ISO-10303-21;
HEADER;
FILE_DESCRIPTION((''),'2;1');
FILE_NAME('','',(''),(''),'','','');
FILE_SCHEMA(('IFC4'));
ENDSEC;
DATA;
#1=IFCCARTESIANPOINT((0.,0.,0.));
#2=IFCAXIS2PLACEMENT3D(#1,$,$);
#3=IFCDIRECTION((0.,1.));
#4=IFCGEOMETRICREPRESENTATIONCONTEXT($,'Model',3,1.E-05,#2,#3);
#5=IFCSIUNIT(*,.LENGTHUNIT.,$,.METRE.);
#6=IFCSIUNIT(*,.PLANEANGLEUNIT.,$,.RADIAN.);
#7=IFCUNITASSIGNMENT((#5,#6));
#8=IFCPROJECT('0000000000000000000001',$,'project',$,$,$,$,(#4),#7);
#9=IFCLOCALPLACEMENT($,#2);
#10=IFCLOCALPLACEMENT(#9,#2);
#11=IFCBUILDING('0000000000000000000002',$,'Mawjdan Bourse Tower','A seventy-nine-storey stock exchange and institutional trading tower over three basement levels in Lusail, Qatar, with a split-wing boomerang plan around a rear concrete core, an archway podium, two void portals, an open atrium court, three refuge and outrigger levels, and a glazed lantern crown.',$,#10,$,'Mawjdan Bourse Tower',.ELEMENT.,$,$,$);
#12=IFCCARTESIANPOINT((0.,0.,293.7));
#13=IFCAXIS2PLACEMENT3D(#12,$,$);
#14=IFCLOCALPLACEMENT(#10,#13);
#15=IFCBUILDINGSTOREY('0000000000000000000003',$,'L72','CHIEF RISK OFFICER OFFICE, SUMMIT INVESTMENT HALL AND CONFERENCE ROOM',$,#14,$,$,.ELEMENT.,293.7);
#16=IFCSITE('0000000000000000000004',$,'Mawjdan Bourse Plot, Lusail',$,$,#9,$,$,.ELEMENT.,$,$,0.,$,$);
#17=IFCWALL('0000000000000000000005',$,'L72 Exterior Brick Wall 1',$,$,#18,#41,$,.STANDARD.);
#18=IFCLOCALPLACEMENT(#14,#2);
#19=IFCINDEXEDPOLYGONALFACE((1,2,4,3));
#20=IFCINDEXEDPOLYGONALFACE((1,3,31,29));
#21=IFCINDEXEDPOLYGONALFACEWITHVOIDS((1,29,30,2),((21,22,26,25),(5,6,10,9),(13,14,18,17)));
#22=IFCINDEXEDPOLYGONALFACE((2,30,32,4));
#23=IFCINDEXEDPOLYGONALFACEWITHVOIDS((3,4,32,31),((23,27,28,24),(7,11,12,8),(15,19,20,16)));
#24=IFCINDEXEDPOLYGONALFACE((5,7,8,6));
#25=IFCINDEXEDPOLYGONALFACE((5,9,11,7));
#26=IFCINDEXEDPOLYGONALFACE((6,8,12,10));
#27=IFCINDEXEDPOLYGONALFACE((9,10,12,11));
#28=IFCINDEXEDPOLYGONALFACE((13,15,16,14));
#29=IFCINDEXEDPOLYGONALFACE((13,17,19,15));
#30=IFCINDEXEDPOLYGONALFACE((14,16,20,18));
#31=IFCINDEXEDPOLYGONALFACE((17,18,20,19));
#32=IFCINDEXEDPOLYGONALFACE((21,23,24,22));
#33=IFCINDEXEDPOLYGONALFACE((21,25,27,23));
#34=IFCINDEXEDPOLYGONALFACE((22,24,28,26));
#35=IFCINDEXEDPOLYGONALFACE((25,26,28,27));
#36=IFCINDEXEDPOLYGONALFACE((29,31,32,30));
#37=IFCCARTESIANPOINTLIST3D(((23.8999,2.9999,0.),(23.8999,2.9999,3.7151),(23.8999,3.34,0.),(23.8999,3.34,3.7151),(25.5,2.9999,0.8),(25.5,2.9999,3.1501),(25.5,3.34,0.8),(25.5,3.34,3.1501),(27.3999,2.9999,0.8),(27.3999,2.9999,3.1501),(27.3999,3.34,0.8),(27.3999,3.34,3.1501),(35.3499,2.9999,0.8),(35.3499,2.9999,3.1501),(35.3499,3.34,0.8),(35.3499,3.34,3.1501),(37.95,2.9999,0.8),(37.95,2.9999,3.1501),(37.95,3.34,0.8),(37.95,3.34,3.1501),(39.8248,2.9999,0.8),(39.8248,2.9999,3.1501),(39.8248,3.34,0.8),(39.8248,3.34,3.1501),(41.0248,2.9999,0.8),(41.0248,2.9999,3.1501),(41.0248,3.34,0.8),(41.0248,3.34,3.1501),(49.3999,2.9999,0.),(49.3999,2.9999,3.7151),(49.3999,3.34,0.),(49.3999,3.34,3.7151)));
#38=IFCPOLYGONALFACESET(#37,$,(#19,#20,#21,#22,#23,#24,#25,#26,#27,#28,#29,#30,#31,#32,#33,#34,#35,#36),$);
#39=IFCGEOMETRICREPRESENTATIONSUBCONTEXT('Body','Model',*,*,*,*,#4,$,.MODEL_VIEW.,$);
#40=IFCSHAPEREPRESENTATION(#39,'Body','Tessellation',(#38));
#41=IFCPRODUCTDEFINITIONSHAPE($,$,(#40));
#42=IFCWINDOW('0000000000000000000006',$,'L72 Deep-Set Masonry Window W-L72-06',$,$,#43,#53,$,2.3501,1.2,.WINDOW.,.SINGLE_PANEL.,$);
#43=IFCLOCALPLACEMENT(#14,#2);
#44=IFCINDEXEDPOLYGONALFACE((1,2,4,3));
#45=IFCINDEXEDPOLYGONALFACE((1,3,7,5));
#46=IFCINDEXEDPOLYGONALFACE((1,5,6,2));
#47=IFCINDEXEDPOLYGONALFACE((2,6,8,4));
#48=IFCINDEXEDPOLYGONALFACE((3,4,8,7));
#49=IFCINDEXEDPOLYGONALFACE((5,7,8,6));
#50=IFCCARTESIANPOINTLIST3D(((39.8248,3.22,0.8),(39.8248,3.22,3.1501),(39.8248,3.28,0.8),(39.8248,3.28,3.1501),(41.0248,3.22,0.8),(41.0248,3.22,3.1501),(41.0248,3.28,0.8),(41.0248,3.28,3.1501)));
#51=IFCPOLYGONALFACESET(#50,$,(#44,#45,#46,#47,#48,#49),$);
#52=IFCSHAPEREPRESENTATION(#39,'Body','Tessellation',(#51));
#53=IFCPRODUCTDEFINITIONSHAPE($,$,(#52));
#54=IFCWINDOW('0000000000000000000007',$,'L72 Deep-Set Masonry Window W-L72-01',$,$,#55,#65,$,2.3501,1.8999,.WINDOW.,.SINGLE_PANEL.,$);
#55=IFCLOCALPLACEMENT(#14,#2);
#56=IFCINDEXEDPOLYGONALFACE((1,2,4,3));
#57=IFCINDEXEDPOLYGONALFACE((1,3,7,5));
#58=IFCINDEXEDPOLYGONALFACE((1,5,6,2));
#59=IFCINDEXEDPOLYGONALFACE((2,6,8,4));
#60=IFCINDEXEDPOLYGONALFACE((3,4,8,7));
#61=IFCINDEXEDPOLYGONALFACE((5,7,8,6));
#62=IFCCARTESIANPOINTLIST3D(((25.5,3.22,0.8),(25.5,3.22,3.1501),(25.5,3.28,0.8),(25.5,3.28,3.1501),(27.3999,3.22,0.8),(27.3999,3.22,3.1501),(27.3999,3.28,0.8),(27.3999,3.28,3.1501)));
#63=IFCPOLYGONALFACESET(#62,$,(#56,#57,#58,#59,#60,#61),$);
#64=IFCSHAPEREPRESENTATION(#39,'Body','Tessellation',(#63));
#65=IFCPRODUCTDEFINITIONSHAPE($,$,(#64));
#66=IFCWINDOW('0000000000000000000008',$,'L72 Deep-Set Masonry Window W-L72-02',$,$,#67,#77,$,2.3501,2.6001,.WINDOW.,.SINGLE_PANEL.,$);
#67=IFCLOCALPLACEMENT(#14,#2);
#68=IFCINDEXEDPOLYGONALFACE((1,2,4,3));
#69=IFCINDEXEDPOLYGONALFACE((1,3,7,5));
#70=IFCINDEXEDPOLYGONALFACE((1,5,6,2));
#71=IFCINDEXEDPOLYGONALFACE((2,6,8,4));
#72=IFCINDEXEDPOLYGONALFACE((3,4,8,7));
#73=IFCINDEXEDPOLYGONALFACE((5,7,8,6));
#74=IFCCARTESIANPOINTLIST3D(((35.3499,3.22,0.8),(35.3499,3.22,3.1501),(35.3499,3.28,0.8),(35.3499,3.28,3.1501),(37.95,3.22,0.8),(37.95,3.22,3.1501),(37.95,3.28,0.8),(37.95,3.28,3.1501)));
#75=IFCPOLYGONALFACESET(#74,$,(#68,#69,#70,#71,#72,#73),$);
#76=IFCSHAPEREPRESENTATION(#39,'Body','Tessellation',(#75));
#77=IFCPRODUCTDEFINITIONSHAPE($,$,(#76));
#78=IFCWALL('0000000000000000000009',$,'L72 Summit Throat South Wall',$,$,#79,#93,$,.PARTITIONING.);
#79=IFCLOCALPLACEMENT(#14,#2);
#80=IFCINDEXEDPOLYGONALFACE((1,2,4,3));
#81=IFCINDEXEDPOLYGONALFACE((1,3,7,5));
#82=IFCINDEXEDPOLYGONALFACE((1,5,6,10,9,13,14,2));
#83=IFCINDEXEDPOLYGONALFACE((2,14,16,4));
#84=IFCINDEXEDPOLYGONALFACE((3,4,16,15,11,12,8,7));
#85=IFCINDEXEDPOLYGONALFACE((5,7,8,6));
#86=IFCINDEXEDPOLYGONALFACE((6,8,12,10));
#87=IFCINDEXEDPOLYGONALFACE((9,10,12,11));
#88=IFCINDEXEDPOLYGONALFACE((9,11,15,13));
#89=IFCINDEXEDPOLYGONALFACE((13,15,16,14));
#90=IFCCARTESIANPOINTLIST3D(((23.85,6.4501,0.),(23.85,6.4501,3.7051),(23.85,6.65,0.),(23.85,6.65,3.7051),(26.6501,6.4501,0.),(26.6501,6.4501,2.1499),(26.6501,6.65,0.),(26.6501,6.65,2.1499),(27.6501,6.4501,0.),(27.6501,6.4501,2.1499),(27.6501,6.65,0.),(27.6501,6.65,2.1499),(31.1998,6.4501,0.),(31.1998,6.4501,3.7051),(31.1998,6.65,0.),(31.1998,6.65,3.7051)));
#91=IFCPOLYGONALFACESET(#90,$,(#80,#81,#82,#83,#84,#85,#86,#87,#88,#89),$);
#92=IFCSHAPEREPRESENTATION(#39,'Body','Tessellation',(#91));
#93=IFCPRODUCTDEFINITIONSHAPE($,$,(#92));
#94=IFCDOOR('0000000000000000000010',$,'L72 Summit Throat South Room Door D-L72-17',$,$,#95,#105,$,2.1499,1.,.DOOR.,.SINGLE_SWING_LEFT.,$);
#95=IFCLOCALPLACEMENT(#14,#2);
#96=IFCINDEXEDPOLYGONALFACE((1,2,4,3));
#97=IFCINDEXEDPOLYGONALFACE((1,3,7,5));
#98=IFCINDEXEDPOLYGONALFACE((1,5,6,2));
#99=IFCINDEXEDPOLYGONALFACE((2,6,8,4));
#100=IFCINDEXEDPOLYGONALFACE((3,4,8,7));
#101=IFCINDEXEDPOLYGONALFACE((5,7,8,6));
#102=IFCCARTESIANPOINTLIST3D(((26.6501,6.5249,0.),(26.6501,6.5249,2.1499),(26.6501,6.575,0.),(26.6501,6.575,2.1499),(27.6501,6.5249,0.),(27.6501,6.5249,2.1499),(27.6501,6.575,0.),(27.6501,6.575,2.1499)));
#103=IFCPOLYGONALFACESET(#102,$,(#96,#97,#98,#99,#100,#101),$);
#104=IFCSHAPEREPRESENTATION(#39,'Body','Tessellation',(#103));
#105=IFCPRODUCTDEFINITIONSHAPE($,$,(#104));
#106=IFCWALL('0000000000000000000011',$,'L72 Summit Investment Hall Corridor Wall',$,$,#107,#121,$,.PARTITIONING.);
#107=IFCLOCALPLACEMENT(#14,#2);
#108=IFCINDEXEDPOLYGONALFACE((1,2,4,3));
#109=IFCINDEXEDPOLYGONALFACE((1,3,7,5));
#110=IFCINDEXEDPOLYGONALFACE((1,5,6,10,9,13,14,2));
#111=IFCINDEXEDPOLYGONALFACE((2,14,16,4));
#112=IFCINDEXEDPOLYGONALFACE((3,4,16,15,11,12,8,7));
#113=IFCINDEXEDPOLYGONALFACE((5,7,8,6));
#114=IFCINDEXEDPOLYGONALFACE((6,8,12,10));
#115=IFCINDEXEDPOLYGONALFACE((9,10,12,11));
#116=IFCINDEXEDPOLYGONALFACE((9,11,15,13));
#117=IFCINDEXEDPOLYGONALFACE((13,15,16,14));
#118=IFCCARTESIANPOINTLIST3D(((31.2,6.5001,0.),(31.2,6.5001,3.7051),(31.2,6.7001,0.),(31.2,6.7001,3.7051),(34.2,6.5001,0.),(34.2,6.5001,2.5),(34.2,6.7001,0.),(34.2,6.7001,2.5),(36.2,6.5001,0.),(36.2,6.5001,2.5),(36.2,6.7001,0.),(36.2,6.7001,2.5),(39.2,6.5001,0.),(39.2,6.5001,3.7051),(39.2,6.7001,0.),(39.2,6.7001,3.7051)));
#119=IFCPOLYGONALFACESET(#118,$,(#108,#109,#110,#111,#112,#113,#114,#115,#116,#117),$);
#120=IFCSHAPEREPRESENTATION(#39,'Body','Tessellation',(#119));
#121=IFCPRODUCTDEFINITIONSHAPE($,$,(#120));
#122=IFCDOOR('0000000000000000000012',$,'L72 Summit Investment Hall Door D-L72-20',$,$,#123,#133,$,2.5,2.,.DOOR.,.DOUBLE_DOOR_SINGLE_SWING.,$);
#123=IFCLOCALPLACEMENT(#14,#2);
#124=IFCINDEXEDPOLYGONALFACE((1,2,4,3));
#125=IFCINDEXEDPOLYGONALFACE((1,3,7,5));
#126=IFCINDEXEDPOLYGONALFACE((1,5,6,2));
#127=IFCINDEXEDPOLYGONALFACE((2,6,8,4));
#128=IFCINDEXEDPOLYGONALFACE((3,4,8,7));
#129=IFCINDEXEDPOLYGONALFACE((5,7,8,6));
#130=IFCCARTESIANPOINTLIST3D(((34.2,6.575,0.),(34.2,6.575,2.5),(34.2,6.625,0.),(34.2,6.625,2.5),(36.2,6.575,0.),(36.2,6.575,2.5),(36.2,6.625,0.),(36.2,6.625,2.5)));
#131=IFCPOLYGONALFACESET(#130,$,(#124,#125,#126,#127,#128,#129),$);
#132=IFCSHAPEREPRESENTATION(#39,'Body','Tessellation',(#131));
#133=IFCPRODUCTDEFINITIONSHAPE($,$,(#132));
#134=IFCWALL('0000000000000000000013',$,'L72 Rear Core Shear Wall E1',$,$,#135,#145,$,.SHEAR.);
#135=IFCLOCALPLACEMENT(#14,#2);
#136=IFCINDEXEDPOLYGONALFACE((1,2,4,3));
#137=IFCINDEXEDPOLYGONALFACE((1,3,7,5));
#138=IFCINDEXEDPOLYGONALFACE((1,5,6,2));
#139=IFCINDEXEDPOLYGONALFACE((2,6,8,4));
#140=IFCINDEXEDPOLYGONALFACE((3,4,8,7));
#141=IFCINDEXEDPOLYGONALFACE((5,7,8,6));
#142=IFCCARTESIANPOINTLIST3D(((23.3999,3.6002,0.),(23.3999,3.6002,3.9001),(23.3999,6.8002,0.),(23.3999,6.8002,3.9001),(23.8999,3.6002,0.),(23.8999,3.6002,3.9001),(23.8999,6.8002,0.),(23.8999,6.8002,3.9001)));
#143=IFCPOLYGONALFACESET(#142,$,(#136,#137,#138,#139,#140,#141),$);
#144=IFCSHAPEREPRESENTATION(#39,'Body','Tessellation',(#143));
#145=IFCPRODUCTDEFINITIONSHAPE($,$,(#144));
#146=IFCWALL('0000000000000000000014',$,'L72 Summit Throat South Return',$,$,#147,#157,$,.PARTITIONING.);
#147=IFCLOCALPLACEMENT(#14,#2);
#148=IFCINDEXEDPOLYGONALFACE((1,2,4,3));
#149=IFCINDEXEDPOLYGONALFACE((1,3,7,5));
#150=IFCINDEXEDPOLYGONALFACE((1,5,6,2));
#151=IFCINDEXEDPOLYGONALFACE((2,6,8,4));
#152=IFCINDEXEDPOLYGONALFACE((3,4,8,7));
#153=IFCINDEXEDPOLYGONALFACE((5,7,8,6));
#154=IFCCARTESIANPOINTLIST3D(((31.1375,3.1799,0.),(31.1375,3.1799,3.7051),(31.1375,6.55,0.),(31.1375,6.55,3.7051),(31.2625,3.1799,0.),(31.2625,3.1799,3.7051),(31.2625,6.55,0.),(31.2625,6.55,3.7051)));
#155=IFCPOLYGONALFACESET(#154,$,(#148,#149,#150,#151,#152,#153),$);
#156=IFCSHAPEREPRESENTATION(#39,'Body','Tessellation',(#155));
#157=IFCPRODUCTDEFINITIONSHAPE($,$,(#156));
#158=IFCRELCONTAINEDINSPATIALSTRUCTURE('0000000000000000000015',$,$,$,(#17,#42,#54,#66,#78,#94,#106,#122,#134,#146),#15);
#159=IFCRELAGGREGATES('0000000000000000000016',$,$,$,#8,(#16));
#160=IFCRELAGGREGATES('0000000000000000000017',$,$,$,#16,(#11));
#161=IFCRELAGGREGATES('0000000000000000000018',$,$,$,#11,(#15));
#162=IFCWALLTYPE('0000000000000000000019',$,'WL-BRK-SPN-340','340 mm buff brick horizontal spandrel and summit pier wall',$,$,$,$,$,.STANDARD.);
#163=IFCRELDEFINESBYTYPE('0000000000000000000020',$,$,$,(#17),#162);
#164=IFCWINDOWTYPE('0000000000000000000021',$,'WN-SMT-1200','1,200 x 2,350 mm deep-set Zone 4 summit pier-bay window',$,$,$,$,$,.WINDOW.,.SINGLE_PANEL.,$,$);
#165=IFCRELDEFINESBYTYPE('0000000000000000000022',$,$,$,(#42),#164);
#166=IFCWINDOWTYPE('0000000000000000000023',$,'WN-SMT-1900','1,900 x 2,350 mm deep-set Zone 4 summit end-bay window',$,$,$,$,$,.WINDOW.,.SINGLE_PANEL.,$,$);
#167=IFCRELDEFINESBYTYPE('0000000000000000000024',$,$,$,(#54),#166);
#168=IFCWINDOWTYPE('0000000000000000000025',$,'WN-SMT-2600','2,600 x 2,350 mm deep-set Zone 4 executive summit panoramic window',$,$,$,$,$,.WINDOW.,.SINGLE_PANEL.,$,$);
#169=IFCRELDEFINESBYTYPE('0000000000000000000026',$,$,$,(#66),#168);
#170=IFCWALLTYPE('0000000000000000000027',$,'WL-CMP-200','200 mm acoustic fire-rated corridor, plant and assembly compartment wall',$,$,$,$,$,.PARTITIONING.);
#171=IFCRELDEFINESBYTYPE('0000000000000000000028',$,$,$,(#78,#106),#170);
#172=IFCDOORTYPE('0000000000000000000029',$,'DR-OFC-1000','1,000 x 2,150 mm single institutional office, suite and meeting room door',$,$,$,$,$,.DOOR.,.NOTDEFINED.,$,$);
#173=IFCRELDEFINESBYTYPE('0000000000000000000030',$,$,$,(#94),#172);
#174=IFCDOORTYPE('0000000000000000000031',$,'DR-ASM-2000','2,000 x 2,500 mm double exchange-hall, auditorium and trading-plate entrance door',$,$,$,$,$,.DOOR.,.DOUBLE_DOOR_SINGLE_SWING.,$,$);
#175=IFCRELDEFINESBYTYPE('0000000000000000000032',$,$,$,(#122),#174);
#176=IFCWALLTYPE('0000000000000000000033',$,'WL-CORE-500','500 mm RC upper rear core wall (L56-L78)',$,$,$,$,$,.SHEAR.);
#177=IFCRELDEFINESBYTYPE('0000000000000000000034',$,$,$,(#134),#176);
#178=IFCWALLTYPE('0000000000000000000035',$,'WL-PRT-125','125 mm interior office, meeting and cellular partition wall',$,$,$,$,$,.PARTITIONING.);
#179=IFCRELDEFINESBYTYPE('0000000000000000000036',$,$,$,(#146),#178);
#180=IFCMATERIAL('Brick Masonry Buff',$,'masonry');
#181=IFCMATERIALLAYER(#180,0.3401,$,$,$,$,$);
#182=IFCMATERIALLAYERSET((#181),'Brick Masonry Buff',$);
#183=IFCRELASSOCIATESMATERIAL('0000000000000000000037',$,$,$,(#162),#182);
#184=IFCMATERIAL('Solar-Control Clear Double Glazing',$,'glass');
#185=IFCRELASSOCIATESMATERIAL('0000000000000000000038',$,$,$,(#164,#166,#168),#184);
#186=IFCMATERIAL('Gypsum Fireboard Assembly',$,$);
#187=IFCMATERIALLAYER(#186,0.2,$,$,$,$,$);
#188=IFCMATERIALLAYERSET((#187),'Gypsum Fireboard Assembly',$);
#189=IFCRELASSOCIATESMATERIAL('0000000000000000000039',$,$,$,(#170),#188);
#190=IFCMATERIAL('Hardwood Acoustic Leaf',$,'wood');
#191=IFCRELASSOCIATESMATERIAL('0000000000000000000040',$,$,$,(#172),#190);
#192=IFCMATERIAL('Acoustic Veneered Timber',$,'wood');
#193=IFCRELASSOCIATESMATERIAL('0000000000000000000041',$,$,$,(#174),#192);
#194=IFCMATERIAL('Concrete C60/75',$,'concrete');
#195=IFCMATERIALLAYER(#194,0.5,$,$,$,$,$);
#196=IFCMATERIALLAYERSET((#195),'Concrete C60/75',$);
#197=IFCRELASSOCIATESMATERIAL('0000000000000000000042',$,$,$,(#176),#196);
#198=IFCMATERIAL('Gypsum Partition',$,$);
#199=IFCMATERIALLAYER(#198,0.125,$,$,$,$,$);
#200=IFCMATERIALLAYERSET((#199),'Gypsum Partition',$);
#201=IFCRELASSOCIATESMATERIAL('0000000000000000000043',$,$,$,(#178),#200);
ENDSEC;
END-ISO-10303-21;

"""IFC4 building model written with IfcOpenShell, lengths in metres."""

from ifc_helpers import new_model, si_unit, direction, frame, frame_2d, origin, place, context, subcontext, project, spatial, rectangle, extrude, material, layer, layer_set, type_object, element, fill, save


model = new_model("IFC4")

# Units and contexts
model_context = context("Model", 3, precision=1e-05, world=origin(), true_north=direction((0.0, 1.0)))
body_context = subcontext(model_context, "Body", "Model", "MODEL_VIEW")
ifc_project = project(units=[si_unit("LENGTHUNIT", "METRE"), si_unit("PLANEANGLEUNIT", "RADIAN")], contexts=[model_context])

# Site, building, storey
site_placement = place(None, origin())
site = spatial("IfcSite", under=ifc_project, at=site_placement, Name="Mawjdan Bourse Plot, Lusail", CompositionType="ELEMENT", RefElevation=0.0)
building_placement = place(site_placement, origin())
building = spatial("IfcBuilding", under=site, at=building_placement, Name="Mawjdan Bourse Tower", Description="A seventy-nine-storey stock exchange and institutional trading tower over three basement levels in Lusail, Qatar, with a split-wing boomerang plan around a rear concrete core, an archway podium, two void portals, an open atrium court, three refuge and outrigger levels, and a glazed lantern crown.", LongName="Mawjdan Bourse Tower", CompositionType="ELEMENT")
storey_placement = place(building_placement, frame((0.0, 0.0, 293.7)))
storey = spatial("IfcBuildingStorey", under=building, at=storey_placement, Name="L72", Description="CHIEF RISK OFFICER OFFICE, SUMMIT INVESTMENT HALL AND CONFERENCE ROOM", CompositionType="ELEMENT", Elevation=293.7)

# Shared definitions
ifc_material_1 = material(Name="Concrete C60/75", Category="concrete")

# Wall, openings, windows
ifc_material_2 = material(Name="Brick Masonry Buff", Category="masonry")
ifc_layer_1 = layer(ifc_material_2, 0.3401)
ifc_layer_set_1 = layer_set([ifc_layer_1], Name="Brick Masonry Buff")
wall_type_1 = type_object("IfcWallType", Name="WL-BRK-SPN-340", Description="340 mm buff brick horizontal spandrel and summit pier wall", PredefinedType="STANDARD", material=ifc_layer_set_1)
wall_1_placement = place(storey_placement, frame((23.8999, 3.1699, 0.0), z_axis=(0.0, 0.0, 1.0), x_axis=(1.0, 0.0, 0.0)))
wall_1 = element("IfcWall", 1, at=wall_1_placement, inside=storey, type_object=wall_type_1, Name="L72 Exterior Brick Wall 1", PredefinedType="STANDARD", context=body_context, shape_type="SweptSolid", body=[
    extrude(rectangle(XDim=25.5, YDim=0.3401, at=frame_2d((12.75, 0.0))), origin(), (0.0, 0.0, 1.0), 3.7151),
])
opening_1_placement = place(wall_1_placement, frame((1.6001, 0.0, 0.8)))
opening_1 = element("IfcOpeningElement", 2, at=opening_1_placement, cuts=wall_1, PredefinedType="OPENING", context=body_context, shape_type="SweptSolid", body=[
    extrude(rectangle(XDim=1.8999, YDim=2.3501, at=frame_2d((0.95, 1.175))), frame((0.0, 0.1802, 0.0), z_axis=(0.0, -1.0, 0.0), x_axis=(1.0, 0.0, 0.0)), (0.0, 0.0, 1.0), 0.3601),
])
opening_2_placement = place(wall_1_placement, frame((11.45, 0.0, 0.8)))
opening_2 = element("IfcOpeningElement", 3, at=opening_2_placement, cuts=wall_1, PredefinedType="OPENING", context=body_context, shape_type="SweptSolid", body=[
    extrude(rectangle(XDim=2.6001, YDim=2.3501, at=frame_2d((1.3, 1.175))), frame((0.0, 0.1802, 0.0), z_axis=(0.0, -1.0, 0.0), x_axis=(1.0, 0.0, 0.0)), (0.0, 0.0, 1.0), 0.3601),
])
opening_3_placement = place(wall_1_placement, frame((15.9248, 0.0, 0.8)))
opening_3 = element("IfcOpeningElement", 4, at=opening_3_placement, cuts=wall_1, PredefinedType="OPENING", context=body_context, shape_type="SweptSolid", body=[
    extrude(rectangle(XDim=1.2, YDim=2.3501, at=frame_2d((0.6001, 1.175))), frame((0.0, 0.1802, 0.0), z_axis=(0.0, -1.0, 0.0), x_axis=(1.0, 0.0, 0.0)), (0.0, 0.0, 1.0), 0.3601),
])
ifc_material_3 = material(Name="Solar-Control Clear Double Glazing", Category="glass")
window_type_1 = type_object("IfcWindowType", Name="WN-SMT-1200", Description="1,200 x 2,350 mm deep-set Zone 4 summit pier-bay window", PartitioningType="SINGLE_PANEL", PredefinedType="WINDOW", material=ifc_material_3)
window_1_placement = place(opening_3_placement, origin())
window_1 = element("IfcWindow", 5, at=window_1_placement, inside=storey, type_object=window_type_1, Name="L72 Deep-Set Masonry Window W-L72-06", OverallHeight=2.3501, OverallWidth=1.2, PartitioningType="SINGLE_PANEL", PredefinedType="WINDOW", context=body_context, shape_type="SweptSolid", body=[
    extrude(rectangle(XDim=1.2, YDim=2.3501, at=frame_2d((0.6001, 1.175))), frame((0.0, 0.1101, 0.0), z_axis=(0.0, -1.0, 0.0), x_axis=(1.0, 0.0, 0.0)), (0.0, 0.0, 1.0), 0.0601),
])
fill(opening_3, window_1)
window_type_2 = type_object("IfcWindowType", Name="WN-SMT-1900", Description="1,900 x 2,350 mm deep-set Zone 4 summit end-bay window", PartitioningType="SINGLE_PANEL", PredefinedType="WINDOW", material=ifc_material_3)
window_2_placement = place(opening_1_placement, origin())
window_2 = element("IfcWindow", 6, at=window_2_placement, inside=storey, type_object=window_type_2, Name="L72 Deep-Set Masonry Window W-L72-01", OverallHeight=2.3501, OverallWidth=1.8999, PartitioningType="SINGLE_PANEL", PredefinedType="WINDOW", context=body_context, shape_type="SweptSolid", body=[
    extrude(rectangle(XDim=1.8999, YDim=2.3501, at=frame_2d((0.95, 1.175))), frame((0.0, 0.1101, 0.0), z_axis=(0.0, -1.0, 0.0), x_axis=(1.0, 0.0, 0.0)), (0.0, 0.0, 1.0), 0.0601),
])
fill(opening_1, window_2)
window_type_3 = type_object("IfcWindowType", Name="WN-SMT-2600", Description="2,600 x 2,350 mm deep-set Zone 4 executive summit panoramic window", PartitioningType="SINGLE_PANEL", PredefinedType="WINDOW", material=ifc_material_3)
window_3_placement = place(opening_2_placement, origin())
window_3 = element("IfcWindow", 7, at=window_3_placement, inside=storey, type_object=window_type_3, Name="L72 Deep-Set Masonry Window W-L72-02", OverallHeight=2.3501, OverallWidth=2.6001, PartitioningType="SINGLE_PANEL", PredefinedType="WINDOW", context=body_context, shape_type="SweptSolid", body=[
    extrude(rectangle(XDim=2.6001, YDim=2.3501, at=frame_2d((1.3, 1.175))), frame((0.0, 0.1101, 0.0), z_axis=(0.0, -1.0, 0.0), x_axis=(1.0, 0.0, 0.0)), (0.0, 0.0, 1.0), 0.0601),
])
fill(opening_2, window_3)

# Walls, openings, doors
ifc_material_4 = material(Name="Gypsum Fireboard Assembly")
ifc_layer_2 = layer(ifc_material_4, 0.2)
ifc_layer_set_2 = layer_set([ifc_layer_2], Name="Gypsum Fireboard Assembly")
wall_type_2 = type_object("IfcWallType", Name="WL-CMP-200", Description="200 mm acoustic fire-rated corridor, plant and assembly compartment wall", PredefinedType="PARTITIONING", material=ifc_layer_set_2)
wall_2_placement = place(storey_placement, frame((23.8501, 6.55, 0.0), z_axis=(0.0, 0.0, 1.0), x_axis=(1.0, 0.0, 0.0)))
wall_2 = element("IfcWall", 8, at=wall_2_placement, inside=storey, type_object=wall_type_2, Name="L72 Summit Throat South Wall", PredefinedType="PARTITIONING", context=body_context, shape_type="SweptSolid", body=[
    extrude(rectangle(XDim=7.3499, YDim=0.2, at=frame_2d((3.6748, 0.0))), origin(), (0.0, 0.0, 1.0), 3.7051),
])
opening_4_placement = place(wall_2_placement, frame((2.8, 0.0, 0.0)))
opening_4 = element("IfcOpeningElement", 9, at=opening_4_placement, cuts=wall_2, PredefinedType="OPENING", context=body_context, shape_type="SweptSolid", body=[
    extrude(rectangle(XDim=1.0, YDim=2.1499, at=frame_2d((0.5, 1.075))), frame((0.0, 0.1099, 0.0), z_axis=(0.0, -1.0, 0.0), x_axis=(1.0, 0.0, 0.0)), (0.0, 0.0, 1.0), 0.22),
])
ifc_material_5 = material(Name="Hardwood Acoustic Leaf", Category="wood")
door_type_1 = type_object("IfcDoorType", Name="DR-OFC-1000", Description="1,000 x 2,150 mm single institutional office, suite and meeting room door", OperationType="NOTDEFINED", PredefinedType="DOOR", material=ifc_material_5)
door_1_placement = place(opening_4_placement, origin())
door_1 = element("IfcDoor", 10, at=door_1_placement, inside=storey, type_object=door_type_1, Name="L72 Summit Throat South Room Door D-L72-17", OperationType="SINGLE_SWING_LEFT", OverallHeight=2.1499, OverallWidth=1.0, PredefinedType="DOOR", context=body_context, shape_type="SweptSolid", body=[
    extrude(rectangle(XDim=1.0, YDim=2.1499, at=frame_2d((0.5, 1.075))), frame((0.0, 0.0249, 0.0), z_axis=(0.0, -1.0, 0.0), x_axis=(1.0, 0.0, 0.0)), (0.0, 0.0, 1.0), 0.05),
])
fill(opening_4, door_1)
wall_3_placement = place(storey_placement, frame((31.2, 6.6001, 0.0), z_axis=(0.0, 0.0, 1.0), x_axis=(1.0, 0.0, 0.0)))
wall_3 = element("IfcWall", 11, at=wall_3_placement, inside=storey, type_object=wall_type_2, Name="L72 Summit Investment Hall Corridor Wall", PredefinedType="PARTITIONING", context=body_context, shape_type="SweptSolid", body=[
    extrude(rectangle(XDim=8.0, YDim=0.2, at=frame_2d((4.0, 0.0))), origin(), (0.0, 0.0, 1.0), 3.7051),
])
opening_5_placement = place(wall_3_placement, frame((3.0, 0.0, 0.0)))
opening_5 = element("IfcOpeningElement", 12, at=opening_5_placement, cuts=wall_3, PredefinedType="OPENING", context=body_context, shape_type="SweptSolid", body=[
    extrude(rectangle(XDim=2.0, YDim=2.5, at=frame_2d((1.0, 1.25))), frame((0.0, 0.1099, 0.0), z_axis=(0.0, -1.0, 0.0), x_axis=(1.0, 0.0, 0.0)), (0.0, 0.0, 1.0), 0.22),
])
ifc_material_6 = material(Name="Acoustic Veneered Timber", Category="wood")
door_type_2 = type_object("IfcDoorType", Name="DR-ASM-2000", Description="2,000 x 2,500 mm double exchange-hall, auditorium and trading-plate entrance door", OperationType="DOUBLE_DOOR_SINGLE_SWING", PredefinedType="DOOR", material=ifc_material_6)
door_2_placement = place(opening_5_placement, origin())
door_2 = element("IfcDoor", 13, at=door_2_placement, inside=storey, type_object=door_type_2, Name="L72 Summit Investment Hall Door D-L72-20", OperationType="DOUBLE_DOOR_SINGLE_SWING", OverallHeight=2.5, OverallWidth=2.0, PredefinedType="DOOR", context=body_context, shape_type="SweptSolid", body=[
    extrude(rectangle(XDim=2.0, YDim=2.5, at=frame_2d((1.0, 1.25))), frame((0.0, 0.0249, 0.0), z_axis=(0.0, -1.0, 0.0), x_axis=(1.0, 0.0, 0.0)), (0.0, 0.0, 1.0), 0.05),
])
fill(opening_5, door_2)

# Walls
ifc_layer_3 = layer(ifc_material_1, 0.5)
ifc_layer_set_3 = layer_set([ifc_layer_3], Name="Concrete C60/75")
wall_type_3 = type_object("IfcWallType", Name="WL-CORE-500", Description="500 mm RC upper rear core wall (L56-L78)", PredefinedType="SHEAR", material=ifc_layer_set_3)
wall_4_placement = place(storey_placement, frame((23.6499, 3.6001, 0.0), z_axis=(0.0, 0.0, 1.0), x_axis=(0.0, 1.0, 0.0)))
element("IfcWall", 14, at=wall_4_placement, inside=storey, type_object=wall_type_3, Name="L72 Rear Core Shear Wall E1", PredefinedType="SHEAR", context=body_context, shape_type="SweptSolid", body=[
    extrude(rectangle(XDim=3.2, YDim=0.5, at=frame_2d((1.6001, 0.0))), origin(), (0.0, 0.0, 1.0), 3.9001),
])
ifc_material_7 = material(Name="Gypsum Partition")
ifc_layer_4 = layer(ifc_material_7, 0.125)
ifc_layer_set_4 = layer_set([ifc_layer_4], Name="Gypsum Partition")
wall_type_4 = type_object("IfcWallType", Name="WL-PRT-125", Description="125 mm interior office, meeting and cellular partition wall", PredefinedType="PARTITIONING", material=ifc_layer_set_4)
wall_5_placement = place(storey_placement, frame((31.2, 3.1799, 0.0), z_axis=(0.0, 0.0, 1.0), x_axis=(0.0, 1.0, 0.0)))
element("IfcWall", 15, at=wall_5_placement, inside=storey, type_object=wall_type_4, Name="L72 Summit Throat South Return", PredefinedType="PARTITIONING", context=body_context, shape_type="SweptSolid", body=[
    extrude(rectangle(XDim=3.3701, YDim=0.125, at=frame_2d((1.6851, 0.0))), origin(), (0.0, 0.0, 1.0), 3.7051),
])

save(model, "model.ifc")
